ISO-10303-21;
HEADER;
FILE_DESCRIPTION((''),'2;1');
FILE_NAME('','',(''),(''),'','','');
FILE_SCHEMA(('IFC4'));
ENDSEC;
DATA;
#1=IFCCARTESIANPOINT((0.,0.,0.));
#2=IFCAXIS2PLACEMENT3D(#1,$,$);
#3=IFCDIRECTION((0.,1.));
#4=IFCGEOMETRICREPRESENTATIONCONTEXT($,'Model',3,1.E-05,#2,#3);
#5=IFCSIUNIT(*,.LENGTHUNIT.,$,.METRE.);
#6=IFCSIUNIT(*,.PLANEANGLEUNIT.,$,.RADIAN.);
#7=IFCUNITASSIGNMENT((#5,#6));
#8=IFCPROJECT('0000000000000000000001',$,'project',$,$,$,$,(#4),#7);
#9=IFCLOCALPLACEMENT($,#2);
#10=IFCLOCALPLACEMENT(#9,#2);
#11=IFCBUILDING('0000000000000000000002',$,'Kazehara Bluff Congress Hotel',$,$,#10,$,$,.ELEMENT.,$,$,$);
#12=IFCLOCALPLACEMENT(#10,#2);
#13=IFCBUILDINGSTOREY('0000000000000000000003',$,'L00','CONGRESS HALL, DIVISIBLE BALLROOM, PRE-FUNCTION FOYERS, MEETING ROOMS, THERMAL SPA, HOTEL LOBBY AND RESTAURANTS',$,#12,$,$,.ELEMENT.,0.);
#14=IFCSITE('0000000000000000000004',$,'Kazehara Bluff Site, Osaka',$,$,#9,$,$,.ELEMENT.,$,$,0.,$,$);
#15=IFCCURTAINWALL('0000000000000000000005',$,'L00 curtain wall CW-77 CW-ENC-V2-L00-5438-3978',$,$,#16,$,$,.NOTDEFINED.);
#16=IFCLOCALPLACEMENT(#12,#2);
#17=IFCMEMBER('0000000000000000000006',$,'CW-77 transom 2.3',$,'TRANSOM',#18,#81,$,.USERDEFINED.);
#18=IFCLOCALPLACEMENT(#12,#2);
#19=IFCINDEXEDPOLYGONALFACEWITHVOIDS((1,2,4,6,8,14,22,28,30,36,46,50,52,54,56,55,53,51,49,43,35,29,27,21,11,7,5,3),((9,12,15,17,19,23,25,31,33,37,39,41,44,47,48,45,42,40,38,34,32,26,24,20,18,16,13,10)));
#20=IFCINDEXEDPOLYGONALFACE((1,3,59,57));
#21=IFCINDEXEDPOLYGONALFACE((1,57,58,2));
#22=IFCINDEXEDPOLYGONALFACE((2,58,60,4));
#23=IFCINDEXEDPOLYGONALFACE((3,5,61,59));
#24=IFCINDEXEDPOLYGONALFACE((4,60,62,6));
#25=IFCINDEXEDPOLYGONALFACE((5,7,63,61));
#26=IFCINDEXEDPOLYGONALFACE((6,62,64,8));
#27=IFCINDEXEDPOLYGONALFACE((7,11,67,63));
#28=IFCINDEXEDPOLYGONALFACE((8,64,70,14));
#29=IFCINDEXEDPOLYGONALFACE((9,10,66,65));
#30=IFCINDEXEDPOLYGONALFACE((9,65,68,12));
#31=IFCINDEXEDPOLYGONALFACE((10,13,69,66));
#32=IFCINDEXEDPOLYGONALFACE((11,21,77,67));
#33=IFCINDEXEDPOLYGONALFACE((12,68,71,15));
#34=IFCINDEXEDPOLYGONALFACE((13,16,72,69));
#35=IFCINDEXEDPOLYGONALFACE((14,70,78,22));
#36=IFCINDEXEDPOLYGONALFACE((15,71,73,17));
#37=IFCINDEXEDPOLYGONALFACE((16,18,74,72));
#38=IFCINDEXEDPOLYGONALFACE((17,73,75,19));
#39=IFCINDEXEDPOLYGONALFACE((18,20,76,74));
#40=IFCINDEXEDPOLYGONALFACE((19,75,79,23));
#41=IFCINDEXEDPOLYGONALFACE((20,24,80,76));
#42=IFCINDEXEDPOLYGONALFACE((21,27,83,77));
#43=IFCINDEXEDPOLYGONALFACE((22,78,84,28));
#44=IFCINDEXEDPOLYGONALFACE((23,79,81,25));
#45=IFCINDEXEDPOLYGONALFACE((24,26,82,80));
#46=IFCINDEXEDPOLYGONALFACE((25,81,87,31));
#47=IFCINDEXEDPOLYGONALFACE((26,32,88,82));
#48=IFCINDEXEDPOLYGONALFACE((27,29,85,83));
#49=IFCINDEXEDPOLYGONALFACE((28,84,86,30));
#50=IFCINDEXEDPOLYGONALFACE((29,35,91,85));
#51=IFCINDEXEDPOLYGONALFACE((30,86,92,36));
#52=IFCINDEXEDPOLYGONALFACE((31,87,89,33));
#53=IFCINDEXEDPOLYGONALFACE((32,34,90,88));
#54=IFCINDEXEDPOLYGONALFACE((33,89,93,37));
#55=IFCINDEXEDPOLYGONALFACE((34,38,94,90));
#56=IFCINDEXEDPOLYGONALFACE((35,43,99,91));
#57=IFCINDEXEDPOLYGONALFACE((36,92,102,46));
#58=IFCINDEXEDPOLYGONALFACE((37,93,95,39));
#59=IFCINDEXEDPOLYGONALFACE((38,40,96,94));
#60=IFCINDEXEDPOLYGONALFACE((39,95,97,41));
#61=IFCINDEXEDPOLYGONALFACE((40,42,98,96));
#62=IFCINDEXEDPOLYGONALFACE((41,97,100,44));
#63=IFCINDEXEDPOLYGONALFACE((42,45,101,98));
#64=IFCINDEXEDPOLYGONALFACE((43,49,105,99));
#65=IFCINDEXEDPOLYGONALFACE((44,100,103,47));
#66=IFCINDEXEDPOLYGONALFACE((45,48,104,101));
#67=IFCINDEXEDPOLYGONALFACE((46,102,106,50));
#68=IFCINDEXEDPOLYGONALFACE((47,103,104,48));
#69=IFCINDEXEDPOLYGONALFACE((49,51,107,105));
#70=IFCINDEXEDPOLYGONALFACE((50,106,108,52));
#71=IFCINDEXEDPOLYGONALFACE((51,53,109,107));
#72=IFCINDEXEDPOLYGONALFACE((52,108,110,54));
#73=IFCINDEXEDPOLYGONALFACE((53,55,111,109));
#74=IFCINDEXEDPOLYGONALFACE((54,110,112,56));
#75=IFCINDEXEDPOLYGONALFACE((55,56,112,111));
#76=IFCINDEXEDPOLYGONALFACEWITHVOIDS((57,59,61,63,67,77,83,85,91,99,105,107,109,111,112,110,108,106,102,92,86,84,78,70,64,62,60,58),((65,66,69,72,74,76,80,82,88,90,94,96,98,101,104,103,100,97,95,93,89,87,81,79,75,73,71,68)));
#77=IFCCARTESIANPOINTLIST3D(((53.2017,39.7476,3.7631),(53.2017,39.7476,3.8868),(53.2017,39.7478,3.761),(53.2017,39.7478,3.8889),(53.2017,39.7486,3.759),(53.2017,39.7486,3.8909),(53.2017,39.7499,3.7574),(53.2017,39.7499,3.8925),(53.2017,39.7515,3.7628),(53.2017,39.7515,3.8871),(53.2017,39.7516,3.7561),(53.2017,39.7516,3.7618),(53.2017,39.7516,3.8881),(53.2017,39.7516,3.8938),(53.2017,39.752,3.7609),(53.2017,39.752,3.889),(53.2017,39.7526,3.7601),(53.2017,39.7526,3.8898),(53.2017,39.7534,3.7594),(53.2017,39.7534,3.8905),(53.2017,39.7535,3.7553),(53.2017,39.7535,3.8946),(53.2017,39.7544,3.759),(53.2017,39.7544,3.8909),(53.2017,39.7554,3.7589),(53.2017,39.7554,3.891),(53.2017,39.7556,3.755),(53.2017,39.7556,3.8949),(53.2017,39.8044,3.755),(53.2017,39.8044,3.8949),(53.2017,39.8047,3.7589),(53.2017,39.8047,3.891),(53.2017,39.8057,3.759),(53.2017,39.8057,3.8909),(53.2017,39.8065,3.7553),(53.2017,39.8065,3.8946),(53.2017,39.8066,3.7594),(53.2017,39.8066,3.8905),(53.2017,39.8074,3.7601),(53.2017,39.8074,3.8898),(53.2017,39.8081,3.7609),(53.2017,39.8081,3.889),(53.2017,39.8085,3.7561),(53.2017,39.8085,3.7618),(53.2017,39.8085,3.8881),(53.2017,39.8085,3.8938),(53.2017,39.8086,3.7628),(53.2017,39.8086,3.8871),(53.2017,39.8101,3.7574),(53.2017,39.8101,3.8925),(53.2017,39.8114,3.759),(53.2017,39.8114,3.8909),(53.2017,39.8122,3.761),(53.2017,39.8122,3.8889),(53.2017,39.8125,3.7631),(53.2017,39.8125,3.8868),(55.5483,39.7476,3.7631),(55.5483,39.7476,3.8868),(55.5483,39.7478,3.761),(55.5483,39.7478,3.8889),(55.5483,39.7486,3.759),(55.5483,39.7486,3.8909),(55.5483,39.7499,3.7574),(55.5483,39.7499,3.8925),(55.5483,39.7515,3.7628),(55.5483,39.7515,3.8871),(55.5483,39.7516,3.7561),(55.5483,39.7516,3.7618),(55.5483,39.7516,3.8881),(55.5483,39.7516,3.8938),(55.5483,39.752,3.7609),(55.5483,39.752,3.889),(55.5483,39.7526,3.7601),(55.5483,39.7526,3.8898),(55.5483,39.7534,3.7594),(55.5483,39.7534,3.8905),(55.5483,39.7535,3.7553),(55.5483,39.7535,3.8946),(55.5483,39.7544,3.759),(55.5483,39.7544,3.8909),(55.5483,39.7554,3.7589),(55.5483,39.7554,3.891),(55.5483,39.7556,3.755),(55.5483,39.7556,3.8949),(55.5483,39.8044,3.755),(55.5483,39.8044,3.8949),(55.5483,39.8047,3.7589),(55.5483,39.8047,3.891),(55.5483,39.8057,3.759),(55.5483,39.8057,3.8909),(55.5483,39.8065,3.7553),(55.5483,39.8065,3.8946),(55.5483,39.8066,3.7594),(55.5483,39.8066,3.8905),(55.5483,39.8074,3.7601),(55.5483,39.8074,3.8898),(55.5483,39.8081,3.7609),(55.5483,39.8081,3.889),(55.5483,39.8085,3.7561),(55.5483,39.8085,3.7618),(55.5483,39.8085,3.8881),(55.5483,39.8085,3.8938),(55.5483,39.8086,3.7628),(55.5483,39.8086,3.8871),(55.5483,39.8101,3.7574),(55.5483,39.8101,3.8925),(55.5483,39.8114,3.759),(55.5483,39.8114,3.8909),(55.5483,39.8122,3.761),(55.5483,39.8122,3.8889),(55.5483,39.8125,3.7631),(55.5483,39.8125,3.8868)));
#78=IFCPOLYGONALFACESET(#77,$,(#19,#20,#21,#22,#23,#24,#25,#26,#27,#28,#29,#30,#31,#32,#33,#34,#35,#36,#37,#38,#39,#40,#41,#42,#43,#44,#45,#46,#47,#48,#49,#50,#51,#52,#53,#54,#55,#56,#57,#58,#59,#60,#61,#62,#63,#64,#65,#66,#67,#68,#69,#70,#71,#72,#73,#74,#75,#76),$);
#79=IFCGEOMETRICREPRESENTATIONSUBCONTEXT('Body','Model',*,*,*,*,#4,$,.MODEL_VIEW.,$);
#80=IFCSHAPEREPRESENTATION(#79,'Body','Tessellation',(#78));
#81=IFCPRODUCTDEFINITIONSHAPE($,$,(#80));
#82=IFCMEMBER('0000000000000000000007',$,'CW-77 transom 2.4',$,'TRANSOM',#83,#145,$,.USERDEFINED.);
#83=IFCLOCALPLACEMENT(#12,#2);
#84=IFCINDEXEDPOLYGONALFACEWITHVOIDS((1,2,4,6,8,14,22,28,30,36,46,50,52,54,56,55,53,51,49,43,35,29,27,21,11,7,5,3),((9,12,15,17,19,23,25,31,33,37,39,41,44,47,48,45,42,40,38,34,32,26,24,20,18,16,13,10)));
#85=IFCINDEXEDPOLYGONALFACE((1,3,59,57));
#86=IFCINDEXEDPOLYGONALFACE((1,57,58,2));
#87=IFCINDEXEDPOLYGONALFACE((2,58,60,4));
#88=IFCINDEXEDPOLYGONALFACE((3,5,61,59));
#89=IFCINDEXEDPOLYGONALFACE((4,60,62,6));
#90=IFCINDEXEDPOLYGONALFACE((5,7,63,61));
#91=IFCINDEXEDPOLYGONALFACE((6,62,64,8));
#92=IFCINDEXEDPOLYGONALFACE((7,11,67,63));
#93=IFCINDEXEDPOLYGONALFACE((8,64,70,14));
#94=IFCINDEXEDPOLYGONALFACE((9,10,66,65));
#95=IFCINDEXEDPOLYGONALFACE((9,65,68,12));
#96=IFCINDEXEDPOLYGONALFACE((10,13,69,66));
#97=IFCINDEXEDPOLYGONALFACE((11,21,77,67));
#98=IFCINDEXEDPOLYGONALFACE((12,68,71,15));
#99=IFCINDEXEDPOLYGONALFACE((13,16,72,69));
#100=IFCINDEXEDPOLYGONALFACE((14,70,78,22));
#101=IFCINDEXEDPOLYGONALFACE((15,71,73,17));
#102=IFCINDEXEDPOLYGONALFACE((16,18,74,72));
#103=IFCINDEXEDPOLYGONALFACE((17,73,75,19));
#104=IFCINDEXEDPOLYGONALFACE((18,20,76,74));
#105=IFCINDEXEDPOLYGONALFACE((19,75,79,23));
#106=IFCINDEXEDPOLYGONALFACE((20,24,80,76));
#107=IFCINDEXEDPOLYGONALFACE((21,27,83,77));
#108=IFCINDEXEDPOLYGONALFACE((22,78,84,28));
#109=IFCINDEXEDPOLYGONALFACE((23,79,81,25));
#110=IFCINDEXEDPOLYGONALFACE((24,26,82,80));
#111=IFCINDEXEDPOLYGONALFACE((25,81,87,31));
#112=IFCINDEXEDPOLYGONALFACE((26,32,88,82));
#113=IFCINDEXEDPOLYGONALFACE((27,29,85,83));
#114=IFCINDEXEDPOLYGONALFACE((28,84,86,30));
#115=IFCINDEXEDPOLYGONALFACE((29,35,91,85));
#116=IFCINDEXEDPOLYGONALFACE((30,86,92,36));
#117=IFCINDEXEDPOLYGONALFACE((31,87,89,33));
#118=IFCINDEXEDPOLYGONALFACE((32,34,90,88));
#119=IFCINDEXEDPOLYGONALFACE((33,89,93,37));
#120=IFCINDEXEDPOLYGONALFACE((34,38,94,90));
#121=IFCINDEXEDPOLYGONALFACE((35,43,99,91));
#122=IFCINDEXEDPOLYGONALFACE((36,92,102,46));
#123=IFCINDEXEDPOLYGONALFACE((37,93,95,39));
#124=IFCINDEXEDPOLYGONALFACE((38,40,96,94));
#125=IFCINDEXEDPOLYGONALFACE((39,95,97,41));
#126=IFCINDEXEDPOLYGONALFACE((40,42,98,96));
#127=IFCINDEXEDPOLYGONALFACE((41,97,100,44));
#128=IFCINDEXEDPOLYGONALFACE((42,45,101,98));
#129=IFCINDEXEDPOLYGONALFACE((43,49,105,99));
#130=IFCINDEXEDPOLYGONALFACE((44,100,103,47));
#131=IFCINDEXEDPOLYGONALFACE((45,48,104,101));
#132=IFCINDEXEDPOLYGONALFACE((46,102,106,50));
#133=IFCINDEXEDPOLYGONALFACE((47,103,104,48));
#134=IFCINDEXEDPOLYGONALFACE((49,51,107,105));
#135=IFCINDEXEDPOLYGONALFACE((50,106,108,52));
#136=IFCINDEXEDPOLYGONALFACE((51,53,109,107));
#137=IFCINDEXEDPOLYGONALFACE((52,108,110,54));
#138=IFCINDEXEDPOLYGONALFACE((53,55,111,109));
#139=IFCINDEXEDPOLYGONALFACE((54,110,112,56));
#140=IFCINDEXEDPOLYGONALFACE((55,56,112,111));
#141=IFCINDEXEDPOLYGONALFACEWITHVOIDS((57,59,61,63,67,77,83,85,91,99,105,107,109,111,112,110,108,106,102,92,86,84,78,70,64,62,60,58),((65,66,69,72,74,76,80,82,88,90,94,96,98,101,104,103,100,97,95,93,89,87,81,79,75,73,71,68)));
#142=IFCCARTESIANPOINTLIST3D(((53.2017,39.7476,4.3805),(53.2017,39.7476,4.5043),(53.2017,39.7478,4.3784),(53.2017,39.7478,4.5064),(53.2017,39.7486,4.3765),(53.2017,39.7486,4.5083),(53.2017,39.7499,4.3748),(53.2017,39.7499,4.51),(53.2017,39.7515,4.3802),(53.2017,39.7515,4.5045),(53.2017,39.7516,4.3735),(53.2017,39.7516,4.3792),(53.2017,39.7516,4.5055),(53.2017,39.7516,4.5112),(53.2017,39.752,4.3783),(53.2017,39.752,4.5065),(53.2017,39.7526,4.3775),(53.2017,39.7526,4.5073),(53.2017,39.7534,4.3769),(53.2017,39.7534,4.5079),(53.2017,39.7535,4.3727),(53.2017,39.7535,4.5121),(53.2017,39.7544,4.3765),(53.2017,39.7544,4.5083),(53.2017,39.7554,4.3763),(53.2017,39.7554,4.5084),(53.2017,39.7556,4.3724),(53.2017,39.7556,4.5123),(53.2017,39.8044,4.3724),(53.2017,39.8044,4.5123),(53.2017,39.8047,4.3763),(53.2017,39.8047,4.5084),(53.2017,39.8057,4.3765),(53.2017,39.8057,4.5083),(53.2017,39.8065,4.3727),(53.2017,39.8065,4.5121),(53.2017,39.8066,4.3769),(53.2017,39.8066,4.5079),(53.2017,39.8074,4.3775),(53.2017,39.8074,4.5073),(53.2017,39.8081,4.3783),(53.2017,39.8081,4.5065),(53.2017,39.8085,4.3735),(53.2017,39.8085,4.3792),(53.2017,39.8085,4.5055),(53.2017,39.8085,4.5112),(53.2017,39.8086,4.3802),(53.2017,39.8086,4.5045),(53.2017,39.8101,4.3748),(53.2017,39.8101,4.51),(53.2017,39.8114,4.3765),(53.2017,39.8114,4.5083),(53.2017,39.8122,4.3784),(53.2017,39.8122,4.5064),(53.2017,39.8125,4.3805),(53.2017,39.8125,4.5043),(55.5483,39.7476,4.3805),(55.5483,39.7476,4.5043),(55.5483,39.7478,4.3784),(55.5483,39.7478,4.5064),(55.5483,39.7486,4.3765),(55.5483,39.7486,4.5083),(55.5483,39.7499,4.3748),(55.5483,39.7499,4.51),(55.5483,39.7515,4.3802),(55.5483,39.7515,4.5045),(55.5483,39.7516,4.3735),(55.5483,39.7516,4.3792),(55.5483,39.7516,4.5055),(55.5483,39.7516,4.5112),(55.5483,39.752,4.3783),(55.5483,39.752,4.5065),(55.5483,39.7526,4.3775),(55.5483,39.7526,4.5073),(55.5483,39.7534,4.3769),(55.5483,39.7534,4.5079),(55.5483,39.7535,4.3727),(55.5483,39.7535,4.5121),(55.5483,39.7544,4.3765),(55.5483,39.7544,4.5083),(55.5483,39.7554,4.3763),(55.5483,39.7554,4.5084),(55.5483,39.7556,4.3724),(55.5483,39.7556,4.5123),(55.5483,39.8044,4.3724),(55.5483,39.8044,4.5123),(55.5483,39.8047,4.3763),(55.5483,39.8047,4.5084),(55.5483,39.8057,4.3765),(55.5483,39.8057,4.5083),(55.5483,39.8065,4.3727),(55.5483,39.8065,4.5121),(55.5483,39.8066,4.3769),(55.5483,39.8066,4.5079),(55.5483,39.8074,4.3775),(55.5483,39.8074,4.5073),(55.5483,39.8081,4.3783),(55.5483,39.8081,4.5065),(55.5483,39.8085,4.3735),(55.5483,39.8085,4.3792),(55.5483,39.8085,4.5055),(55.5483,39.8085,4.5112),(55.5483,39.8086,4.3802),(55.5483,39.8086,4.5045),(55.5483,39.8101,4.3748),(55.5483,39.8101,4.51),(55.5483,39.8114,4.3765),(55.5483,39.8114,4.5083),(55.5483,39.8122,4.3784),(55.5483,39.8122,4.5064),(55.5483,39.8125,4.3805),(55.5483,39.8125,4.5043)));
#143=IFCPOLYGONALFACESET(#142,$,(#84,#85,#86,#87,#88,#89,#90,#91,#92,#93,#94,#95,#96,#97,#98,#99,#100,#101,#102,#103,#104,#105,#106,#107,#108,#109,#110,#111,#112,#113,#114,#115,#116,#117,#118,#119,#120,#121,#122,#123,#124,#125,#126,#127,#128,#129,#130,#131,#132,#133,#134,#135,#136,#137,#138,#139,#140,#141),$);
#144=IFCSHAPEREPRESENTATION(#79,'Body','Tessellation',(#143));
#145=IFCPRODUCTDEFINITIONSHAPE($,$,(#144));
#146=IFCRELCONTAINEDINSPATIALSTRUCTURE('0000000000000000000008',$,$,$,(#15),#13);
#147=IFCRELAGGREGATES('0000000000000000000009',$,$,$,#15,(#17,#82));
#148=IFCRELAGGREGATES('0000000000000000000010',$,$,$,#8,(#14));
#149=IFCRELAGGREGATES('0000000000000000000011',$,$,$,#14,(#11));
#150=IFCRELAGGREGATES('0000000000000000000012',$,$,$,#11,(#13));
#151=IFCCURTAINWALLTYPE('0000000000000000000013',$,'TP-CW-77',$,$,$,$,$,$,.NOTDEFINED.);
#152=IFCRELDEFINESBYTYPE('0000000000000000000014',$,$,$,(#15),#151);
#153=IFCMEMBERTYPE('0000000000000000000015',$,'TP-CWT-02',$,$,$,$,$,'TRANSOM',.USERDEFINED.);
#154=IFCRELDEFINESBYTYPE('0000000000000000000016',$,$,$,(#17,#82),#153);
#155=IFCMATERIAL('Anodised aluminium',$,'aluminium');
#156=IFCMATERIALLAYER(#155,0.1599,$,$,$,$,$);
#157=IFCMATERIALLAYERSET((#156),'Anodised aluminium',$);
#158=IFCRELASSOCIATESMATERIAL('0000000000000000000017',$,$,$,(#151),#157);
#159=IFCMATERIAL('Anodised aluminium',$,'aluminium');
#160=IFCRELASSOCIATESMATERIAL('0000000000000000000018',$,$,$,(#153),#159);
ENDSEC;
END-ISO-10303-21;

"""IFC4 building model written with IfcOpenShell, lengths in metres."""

from ifc_helpers import new_model, si_unit, direction, frame, origin, origin_2d, place, context, subcontext, project, spatial, hollow_rectangle, extrude, material, layer, layer_set, material_profile, profile_set, type_object, element, aggregate, save


model = new_model("IFC4")

# Units and contexts
model_context = context("Model", 3, precision=1e-05, world=origin(), true_north=direction((0.0, 1.0)))
body_context = subcontext(model_context, "Body", "Model", "MODEL_VIEW")
ifc_project = project(units=[si_unit("LENGTHUNIT", "METRE"), si_unit("PLANEANGLEUNIT", "RADIAN")], contexts=[model_context])

# Site, building, storey
site_placement = place(None, origin())
site = spatial("IfcSite", under=ifc_project, at=site_placement, Name="Kazehara Bluff Site, Osaka", CompositionType="ELEMENT", RefElevation=0.0)
building_placement = place(site_placement, origin())
building = spatial("IfcBuilding", under=site, at=building_placement, Name="Kazehara Bluff Congress Hotel", CompositionType="ELEMENT")
storey_placement = place(building_placement, origin())
storey = spatial("IfcBuildingStorey", under=building, at=storey_placement, Name="L00", Description="CONGRESS HALL, DIVISIBLE BALLROOM, PRE-FUNCTION FOYERS, MEETING ROOMS, THERMAL SPA, HOTEL LOBBY AND RESTAURANTS", CompositionType="ELEMENT", Elevation=0.0)

# Curtain wall, members
ifc_material_1 = material(Name="Anodised aluminium", Category="aluminium")
ifc_layer_1 = layer(ifc_material_1, 0.1599)
ifc_layer_set_1 = layer_set([ifc_layer_1], Name="Anodised aluminium")
curtain_wall_type_1 = type_object("IfcCurtainWallType", Name="TP-CW-77", PredefinedType="NOTDEFINED", material=ifc_layer_set_1)
curtain_wall_1_placement = place(storey_placement, origin())
curtain_wall_1 = element("IfcCurtainWall", 1, at=curtain_wall_1_placement, inside=storey, type_object=curtain_wall_type_1, Name="L00 curtain wall CW-77 CW-ENC-V2-L00-5438-3978", PredefinedType="NOTDEFINED")
ifc_material_2 = material(Name="Anodised aluminium", Category="aluminium")
ifc_material_profile_1 = material_profile(ifc_material_2, hollow_rectangle(XDim=0.0649, YDim=0.1399, WallThickness=0.0039, InnerFilletRadius=0.0039, OuterFilletRadius=0.0081, at=origin_2d()))
ifc_profile_set_1 = profile_set([ifc_material_profile_1], Name="Anodised aluminium")
member_type_1 = type_object("IfcMemberType", Name="TP-CWT-02", ElementType="TRANSOM", PredefinedType="USERDEFINED", material=ifc_profile_set_1)
member_1_placement = place(storey_placement, frame((53.2017, 39.78, 3.825), z_axis=(1.0, 0.0, 0.0), x_axis=(0.0, 1.0, 0.0)))
member_1 = element("IfcMember", 2, at=member_1_placement, type_object=member_type_1, Name="CW-77 transom 2.3", ObjectType="TRANSOM", PredefinedType="USERDEFINED", context=body_context, shape_type="SweptSolid", body=[
    extrude(hollow_rectangle(XDim=0.0649, YDim=0.1399, WallThickness=0.0039, InnerFilletRadius=0.0039, OuterFilletRadius=0.0081, at=origin_2d()), origin(), (0.0, 0.0, 1.0), 2.3467),
])
member_2_placement = place(storey_placement, frame((53.2017, 39.78, 4.4424), z_axis=(1.0, 0.0, 0.0), x_axis=(0.0, 1.0, 0.0)))
member_2 = element("IfcMember", 3, at=member_2_placement, type_object=member_type_1, Name="CW-77 transom 2.4", ObjectType="TRANSOM", PredefinedType="USERDEFINED", context=body_context, shape_type="SweptSolid", body=[
    extrude(hollow_rectangle(XDim=0.0649, YDim=0.1399, WallThickness=0.0039, InnerFilletRadius=0.0039, OuterFilletRadius=0.0081, at=origin_2d()), origin(), (0.0, 0.0, 1.0), 2.3467),
])

aggregate(curtain_wall_1, [member_1, member_2])

save(model, "model.ifc")
